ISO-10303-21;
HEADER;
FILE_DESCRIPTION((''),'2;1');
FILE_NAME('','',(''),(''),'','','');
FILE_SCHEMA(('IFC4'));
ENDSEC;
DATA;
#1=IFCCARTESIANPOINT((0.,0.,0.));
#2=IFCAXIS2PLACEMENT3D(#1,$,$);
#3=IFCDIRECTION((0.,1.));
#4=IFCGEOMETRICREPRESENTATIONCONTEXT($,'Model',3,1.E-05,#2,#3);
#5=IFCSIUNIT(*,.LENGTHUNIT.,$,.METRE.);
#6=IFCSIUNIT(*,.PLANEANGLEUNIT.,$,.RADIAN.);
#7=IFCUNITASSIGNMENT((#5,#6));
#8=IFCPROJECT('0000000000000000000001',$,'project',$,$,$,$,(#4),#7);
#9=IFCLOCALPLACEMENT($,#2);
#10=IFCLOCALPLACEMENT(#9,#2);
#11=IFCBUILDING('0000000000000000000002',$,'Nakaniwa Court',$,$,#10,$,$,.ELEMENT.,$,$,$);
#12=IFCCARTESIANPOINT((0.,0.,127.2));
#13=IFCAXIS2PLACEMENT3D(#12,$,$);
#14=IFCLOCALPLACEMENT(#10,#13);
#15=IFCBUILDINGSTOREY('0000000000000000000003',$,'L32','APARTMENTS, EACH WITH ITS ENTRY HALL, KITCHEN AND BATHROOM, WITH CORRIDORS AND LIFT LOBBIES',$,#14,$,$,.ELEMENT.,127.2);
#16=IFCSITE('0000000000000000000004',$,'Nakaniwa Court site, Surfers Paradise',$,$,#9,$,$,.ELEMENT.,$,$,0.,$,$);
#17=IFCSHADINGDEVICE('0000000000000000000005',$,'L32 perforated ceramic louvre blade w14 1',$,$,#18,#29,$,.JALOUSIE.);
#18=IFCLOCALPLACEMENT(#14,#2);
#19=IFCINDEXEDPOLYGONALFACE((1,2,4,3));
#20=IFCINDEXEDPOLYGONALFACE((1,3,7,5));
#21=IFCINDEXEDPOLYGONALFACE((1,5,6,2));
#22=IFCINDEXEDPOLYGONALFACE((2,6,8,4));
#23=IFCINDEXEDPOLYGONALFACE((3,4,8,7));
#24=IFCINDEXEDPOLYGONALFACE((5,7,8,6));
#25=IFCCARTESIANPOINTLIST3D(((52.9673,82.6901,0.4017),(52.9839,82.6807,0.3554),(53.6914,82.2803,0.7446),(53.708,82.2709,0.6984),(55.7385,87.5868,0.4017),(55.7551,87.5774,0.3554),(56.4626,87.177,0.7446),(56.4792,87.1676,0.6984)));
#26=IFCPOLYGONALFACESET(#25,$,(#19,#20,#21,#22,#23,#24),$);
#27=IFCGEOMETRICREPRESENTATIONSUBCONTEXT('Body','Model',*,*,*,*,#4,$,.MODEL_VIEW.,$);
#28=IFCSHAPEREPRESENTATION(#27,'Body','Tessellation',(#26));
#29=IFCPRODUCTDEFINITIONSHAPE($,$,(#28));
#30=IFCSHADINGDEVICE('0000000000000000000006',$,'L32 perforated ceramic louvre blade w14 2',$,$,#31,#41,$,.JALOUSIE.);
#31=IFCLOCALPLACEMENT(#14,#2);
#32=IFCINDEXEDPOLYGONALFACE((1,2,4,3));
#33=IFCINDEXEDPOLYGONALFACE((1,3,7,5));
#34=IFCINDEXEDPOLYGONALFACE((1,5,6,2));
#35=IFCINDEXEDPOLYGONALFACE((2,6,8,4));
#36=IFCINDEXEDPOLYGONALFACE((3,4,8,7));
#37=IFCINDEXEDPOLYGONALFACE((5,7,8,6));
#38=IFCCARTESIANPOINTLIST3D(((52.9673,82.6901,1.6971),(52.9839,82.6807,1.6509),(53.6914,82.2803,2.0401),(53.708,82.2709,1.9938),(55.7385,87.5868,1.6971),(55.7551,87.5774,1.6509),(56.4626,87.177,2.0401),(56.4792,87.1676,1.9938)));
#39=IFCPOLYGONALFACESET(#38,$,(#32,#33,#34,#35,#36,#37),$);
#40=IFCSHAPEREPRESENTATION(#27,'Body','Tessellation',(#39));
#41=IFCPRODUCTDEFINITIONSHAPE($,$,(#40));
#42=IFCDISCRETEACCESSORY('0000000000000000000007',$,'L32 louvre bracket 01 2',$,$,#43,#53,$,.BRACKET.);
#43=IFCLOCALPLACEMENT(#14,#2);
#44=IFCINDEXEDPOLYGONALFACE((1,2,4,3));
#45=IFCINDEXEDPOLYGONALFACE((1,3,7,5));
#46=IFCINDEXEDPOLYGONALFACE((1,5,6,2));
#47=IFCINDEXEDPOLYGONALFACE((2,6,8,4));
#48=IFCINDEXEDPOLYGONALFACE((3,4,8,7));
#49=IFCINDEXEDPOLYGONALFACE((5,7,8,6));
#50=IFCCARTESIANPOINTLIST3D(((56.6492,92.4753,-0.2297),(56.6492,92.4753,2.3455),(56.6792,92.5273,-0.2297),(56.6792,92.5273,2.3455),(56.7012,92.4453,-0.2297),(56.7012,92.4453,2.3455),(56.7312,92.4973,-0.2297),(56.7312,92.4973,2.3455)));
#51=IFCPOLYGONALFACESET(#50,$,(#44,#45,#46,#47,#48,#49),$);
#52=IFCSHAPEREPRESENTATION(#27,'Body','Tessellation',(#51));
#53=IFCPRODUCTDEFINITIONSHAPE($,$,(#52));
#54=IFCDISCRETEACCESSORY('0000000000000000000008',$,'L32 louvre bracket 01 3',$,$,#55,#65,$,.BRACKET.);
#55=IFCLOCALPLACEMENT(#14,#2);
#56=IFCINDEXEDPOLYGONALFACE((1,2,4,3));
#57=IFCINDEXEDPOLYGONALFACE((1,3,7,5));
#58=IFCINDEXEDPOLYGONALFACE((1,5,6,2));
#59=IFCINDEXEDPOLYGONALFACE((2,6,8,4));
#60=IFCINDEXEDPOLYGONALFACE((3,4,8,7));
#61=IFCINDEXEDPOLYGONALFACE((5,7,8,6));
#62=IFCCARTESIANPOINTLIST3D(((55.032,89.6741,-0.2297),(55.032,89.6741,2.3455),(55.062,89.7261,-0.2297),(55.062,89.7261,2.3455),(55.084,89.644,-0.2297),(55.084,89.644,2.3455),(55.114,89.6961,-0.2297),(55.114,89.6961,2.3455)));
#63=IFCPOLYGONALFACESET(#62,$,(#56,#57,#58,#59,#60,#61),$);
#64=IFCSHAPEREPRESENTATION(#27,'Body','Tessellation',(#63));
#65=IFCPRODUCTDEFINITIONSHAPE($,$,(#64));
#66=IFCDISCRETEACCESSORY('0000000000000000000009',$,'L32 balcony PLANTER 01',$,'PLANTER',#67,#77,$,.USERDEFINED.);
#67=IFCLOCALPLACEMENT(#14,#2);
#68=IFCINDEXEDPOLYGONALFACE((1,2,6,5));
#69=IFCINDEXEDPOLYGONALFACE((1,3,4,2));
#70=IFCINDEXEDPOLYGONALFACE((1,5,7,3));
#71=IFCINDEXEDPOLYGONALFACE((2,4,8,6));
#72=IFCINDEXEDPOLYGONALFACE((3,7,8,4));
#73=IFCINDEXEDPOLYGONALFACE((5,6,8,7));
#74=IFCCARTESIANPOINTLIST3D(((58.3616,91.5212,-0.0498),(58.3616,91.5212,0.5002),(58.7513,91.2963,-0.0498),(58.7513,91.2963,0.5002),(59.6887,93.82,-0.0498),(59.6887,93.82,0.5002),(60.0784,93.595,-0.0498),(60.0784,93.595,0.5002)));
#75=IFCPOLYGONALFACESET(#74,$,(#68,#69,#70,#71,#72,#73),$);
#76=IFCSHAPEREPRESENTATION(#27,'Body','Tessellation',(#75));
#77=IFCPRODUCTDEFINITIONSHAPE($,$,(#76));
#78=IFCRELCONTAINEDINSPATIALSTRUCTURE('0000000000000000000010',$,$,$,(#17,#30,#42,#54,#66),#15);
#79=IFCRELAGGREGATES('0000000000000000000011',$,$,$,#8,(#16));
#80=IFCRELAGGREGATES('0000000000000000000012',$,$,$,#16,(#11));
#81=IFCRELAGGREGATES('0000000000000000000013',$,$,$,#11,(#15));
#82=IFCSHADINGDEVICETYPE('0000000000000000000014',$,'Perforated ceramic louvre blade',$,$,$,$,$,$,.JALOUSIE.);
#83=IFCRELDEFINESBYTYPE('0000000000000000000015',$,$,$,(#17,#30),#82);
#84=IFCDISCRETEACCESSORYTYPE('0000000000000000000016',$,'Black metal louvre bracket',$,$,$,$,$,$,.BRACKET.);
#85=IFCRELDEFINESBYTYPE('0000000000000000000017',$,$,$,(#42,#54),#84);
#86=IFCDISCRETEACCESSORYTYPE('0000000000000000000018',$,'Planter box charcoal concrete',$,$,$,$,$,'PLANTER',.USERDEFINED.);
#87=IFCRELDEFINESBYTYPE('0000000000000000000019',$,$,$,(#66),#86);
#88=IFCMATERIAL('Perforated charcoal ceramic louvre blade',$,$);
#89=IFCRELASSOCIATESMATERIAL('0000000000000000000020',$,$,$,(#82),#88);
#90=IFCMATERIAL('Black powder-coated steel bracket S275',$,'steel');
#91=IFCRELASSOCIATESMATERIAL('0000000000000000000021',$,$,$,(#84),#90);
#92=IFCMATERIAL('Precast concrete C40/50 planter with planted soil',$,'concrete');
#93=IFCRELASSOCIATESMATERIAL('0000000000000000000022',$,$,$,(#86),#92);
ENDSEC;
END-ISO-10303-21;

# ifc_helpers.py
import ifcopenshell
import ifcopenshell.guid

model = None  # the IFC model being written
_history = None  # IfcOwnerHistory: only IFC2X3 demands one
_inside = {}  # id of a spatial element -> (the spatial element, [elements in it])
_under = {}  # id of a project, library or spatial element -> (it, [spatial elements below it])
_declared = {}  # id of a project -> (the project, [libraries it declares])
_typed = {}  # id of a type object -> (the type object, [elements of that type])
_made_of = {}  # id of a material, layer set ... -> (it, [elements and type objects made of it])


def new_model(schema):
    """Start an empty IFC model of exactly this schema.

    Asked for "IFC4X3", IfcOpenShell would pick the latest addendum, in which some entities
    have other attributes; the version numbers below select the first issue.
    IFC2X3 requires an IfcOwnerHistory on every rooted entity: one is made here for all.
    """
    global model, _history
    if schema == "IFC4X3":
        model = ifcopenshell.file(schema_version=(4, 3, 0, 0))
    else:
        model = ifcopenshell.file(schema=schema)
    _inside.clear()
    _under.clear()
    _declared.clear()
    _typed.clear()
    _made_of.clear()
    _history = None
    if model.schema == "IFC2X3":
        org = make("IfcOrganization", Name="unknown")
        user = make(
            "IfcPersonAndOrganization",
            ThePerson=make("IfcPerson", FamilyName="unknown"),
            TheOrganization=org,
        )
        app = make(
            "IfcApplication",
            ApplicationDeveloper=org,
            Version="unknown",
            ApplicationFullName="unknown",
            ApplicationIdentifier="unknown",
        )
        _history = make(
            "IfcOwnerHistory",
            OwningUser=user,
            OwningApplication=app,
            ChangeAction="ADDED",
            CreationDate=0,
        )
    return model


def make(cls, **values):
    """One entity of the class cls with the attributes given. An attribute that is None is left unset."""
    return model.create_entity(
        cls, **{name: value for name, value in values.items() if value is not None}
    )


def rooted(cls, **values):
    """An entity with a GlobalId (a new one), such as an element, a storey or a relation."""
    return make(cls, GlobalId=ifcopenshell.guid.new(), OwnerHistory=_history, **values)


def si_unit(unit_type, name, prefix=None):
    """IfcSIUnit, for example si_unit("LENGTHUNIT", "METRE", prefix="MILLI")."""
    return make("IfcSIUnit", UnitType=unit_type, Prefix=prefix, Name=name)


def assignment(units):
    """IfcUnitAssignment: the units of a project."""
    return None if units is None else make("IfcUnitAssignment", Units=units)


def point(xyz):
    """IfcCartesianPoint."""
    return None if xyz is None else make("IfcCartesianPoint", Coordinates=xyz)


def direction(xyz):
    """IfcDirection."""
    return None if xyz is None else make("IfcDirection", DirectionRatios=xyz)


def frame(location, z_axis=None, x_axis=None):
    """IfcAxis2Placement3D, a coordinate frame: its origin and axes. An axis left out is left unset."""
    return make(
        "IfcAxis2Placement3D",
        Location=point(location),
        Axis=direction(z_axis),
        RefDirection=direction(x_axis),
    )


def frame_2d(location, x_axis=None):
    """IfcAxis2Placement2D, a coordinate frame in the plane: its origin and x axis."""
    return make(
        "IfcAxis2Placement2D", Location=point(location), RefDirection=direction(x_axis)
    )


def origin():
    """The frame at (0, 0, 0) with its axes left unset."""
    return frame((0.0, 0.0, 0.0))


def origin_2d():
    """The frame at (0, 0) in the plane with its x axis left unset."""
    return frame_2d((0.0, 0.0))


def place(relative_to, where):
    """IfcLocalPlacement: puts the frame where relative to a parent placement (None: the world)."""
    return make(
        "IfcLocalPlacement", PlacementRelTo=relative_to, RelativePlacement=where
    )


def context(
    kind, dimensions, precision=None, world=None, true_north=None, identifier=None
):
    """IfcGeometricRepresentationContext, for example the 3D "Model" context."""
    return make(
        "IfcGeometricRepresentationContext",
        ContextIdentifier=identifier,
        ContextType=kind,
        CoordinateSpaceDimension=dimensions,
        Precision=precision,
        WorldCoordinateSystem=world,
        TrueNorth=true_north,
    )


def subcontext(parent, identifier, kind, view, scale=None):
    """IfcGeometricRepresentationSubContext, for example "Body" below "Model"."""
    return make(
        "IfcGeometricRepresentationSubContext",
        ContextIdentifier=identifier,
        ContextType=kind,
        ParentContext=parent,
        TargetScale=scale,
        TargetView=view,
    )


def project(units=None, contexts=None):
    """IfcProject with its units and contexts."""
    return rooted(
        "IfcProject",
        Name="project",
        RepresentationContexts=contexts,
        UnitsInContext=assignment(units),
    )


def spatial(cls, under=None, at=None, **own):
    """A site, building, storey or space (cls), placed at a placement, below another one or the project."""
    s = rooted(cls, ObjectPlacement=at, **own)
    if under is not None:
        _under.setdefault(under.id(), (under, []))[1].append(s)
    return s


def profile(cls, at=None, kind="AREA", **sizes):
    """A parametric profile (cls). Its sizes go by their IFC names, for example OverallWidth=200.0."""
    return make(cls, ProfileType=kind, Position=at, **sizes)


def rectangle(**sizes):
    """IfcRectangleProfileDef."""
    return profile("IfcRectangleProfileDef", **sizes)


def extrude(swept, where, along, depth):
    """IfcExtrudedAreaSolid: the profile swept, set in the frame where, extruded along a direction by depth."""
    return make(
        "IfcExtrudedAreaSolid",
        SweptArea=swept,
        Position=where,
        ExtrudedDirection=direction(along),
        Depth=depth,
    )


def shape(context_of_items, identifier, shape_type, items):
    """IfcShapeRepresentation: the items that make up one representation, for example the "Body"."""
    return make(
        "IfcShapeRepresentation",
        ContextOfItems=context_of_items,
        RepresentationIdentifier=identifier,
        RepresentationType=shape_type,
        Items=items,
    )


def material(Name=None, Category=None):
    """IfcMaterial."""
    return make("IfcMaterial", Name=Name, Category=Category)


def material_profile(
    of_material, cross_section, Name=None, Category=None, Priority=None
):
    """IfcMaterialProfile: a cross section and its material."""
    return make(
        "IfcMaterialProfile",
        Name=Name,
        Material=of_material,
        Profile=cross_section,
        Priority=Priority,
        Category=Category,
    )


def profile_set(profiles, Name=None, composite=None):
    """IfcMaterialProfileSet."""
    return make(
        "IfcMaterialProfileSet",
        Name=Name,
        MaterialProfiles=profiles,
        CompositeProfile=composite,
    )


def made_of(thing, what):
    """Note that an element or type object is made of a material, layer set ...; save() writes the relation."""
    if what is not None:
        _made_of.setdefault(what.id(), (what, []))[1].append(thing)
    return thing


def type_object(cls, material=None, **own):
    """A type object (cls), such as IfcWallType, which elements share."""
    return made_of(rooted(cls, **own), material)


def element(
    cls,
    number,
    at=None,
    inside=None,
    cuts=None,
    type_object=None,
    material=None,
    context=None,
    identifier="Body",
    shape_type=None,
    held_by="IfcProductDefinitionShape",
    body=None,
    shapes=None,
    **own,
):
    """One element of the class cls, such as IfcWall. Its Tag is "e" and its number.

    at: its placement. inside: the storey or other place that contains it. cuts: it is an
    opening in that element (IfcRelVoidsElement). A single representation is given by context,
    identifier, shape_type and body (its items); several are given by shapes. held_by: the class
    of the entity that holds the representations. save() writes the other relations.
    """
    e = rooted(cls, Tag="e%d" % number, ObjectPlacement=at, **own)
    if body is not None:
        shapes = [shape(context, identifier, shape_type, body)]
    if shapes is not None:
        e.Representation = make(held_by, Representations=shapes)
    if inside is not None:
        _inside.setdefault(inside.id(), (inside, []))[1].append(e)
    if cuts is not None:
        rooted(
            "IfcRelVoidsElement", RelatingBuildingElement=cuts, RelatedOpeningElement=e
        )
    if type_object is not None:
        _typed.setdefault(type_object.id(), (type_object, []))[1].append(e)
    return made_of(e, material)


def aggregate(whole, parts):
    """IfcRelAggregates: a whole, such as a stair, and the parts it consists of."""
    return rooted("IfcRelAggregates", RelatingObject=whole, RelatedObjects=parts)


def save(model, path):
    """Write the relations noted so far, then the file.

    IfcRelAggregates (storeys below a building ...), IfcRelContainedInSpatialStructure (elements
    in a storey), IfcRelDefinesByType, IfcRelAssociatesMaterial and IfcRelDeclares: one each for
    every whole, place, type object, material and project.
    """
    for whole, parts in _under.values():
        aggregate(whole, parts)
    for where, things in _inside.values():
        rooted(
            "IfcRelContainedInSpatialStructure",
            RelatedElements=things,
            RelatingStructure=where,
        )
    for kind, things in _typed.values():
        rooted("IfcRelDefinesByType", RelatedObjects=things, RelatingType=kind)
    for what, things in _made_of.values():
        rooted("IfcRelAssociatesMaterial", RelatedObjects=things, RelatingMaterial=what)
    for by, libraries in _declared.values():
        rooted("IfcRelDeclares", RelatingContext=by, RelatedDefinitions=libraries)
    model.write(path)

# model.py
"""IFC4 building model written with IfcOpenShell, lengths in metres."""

from ifc_helpers import new_model, si_unit, direction, frame, origin, origin_2d, place, context, subcontext, project, spatial, rectangle, extrude, material, material_profile, profile_set, type_object, element, save


model = new_model("IFC4")

# Units and contexts
model_context = context("Model", 3, precision=1e-05, world=origin(), true_north=direction((0.0, 1.0)))
body_context = subcontext(model_context, "Body", "Model", "MODEL_VIEW")
ifc_project = project(units=[si_unit("LENGTHUNIT", "METRE"), si_unit("PLANEANGLEUNIT", "RADIAN")], contexts=[model_context])

# Site, building, storey
site_placement = place(None, origin())
site = spatial("IfcSite", under=ifc_project, at=site_placement, Name="Nakaniwa Court site, Surfers Paradise", CompositionType="ELEMENT", RefElevation=0.0)
building_placement = place(site_placement, origin())
building = spatial("IfcBuilding", under=site, at=building_placement, Name="Nakaniwa Court", CompositionType="ELEMENT")
storey_placement = place(building_placement, frame((0.0, 0.0, 127.2)))
storey = spatial("IfcBuildingStorey", under=building, at=storey_placement, Name="L32", Description="APARTMENTS, EACH WITH ITS ENTRY HALL, KITCHEN AND BATHROOM, WITH CORRIDORS AND LIFT LOBBIES", CompositionType="ELEMENT", Elevation=127.2)

# Shading devices
ifc_material_1 = material(Name="Perforated charcoal ceramic louvre blade")
ifc_material_profile_1 = material_profile(ifc_material_1, rectangle(XDim=0.8999, YDim=0.05, at=origin_2d()), Name="Perforated ceramic louvre blade")
ifc_profile_set_1 = profile_set([ifc_material_profile_1], Name="Perforated charcoal ceramic louvre blade")
shading_device_type = type_object("IfcShadingDeviceType", Name="Perforated ceramic louvre blade", PredefinedType="JALOUSIE", material=ifc_profile_set_1)
for number, where, z_axis, x_axis, name in (
    (1, (56.1089, 87.3772, 0.55), (-0.492532, -0.870294, 0.0), (0.804627, -0.455368, 0.38107), "L32 perforated ceramic louvre blade w14 1"),
    (2, (56.1089, 87.3772, 1.8455), (-0.492532, -0.870294, 0.0), (0.804627, -0.455368, 0.38107), "L32 perforated ceramic louvre blade w14 2"),
):
    element("IfcShadingDevice", number, at=place(storey_placement, frame(where, z_axis=z_axis, x_axis=x_axis)), inside=storey, type_object=shading_device_type, Name=name, PredefinedType="JALOUSIE", context=body_context, shape_type="SweptSolid", body=[
        extrude(rectangle(XDim=0.8999, YDim=0.05, at=origin_2d()), origin(), (0.0, 0.0, 1.0), 5.6265),
    ])

# Discrete accessories
ifc_material_2 = material(Name="Black powder-coated steel bracket S275", Category="steel")
discrete_accessory_type_1 = type_object("IfcDiscreteAccessoryType", Name="Black metal louvre bracket", PredefinedType="BRACKET", material=ifc_material_2)
for number, where, z_axis, x_axis, name in (
    (3, (56.6902, 92.4863, -0.2297), (0.0, 0.0, 1.0), (-0.499976, -0.866039, 0.0), "L32 louvre bracket 01 2"),
    (4, (55.073, 89.6851, -0.2297), (0.0, 0.0, 1.0), (-0.499976, -0.866039, 0.0), "L32 louvre bracket 01 3"),
):
    element("IfcDiscreteAccessory", number, at=place(storey_placement, frame(where, z_axis=z_axis, x_axis=x_axis)), inside=storey, type_object=discrete_accessory_type_1, Name=name, PredefinedType="BRACKET", context=body_context, shape_type="SweptSolid", body=[
        extrude(rectangle(XDim=0.0601, YDim=0.0601, at=origin_2d()), origin(), (0.0, 0.0, 1.0), 2.5752),
    ])
ifc_material_3 = material(Name="Precast concrete C40/50 planter with planted soil", Category="concrete")
discrete_accessory_type_2 = type_object("IfcDiscreteAccessoryType", Name="Planter box charcoal concrete", ElementType="PLANTER", PredefinedType="USERDEFINED", material=ifc_material_3)
discrete_accessory_placement = place(storey_placement, frame((59.22, 92.5581, -0.0498), z_axis=(0.0, 0.0, 1.0), x_axis=(-0.499976, -0.866039, 0.0)))
element("IfcDiscreteAccessory", 5, at=discrete_accessory_placement, inside=storey, type_object=discrete_accessory_type_2, Name="L32 balcony PLANTER 01", ObjectType="PLANTER", PredefinedType="USERDEFINED", context=body_context, shape_type="SweptSolid", body=[
    extrude(rectangle(XDim=2.6543, YDim=0.45, at=origin_2d()), origin(), (0.0, 0.0, 1.0), 0.55),
])

save(model, "model.ifc")
